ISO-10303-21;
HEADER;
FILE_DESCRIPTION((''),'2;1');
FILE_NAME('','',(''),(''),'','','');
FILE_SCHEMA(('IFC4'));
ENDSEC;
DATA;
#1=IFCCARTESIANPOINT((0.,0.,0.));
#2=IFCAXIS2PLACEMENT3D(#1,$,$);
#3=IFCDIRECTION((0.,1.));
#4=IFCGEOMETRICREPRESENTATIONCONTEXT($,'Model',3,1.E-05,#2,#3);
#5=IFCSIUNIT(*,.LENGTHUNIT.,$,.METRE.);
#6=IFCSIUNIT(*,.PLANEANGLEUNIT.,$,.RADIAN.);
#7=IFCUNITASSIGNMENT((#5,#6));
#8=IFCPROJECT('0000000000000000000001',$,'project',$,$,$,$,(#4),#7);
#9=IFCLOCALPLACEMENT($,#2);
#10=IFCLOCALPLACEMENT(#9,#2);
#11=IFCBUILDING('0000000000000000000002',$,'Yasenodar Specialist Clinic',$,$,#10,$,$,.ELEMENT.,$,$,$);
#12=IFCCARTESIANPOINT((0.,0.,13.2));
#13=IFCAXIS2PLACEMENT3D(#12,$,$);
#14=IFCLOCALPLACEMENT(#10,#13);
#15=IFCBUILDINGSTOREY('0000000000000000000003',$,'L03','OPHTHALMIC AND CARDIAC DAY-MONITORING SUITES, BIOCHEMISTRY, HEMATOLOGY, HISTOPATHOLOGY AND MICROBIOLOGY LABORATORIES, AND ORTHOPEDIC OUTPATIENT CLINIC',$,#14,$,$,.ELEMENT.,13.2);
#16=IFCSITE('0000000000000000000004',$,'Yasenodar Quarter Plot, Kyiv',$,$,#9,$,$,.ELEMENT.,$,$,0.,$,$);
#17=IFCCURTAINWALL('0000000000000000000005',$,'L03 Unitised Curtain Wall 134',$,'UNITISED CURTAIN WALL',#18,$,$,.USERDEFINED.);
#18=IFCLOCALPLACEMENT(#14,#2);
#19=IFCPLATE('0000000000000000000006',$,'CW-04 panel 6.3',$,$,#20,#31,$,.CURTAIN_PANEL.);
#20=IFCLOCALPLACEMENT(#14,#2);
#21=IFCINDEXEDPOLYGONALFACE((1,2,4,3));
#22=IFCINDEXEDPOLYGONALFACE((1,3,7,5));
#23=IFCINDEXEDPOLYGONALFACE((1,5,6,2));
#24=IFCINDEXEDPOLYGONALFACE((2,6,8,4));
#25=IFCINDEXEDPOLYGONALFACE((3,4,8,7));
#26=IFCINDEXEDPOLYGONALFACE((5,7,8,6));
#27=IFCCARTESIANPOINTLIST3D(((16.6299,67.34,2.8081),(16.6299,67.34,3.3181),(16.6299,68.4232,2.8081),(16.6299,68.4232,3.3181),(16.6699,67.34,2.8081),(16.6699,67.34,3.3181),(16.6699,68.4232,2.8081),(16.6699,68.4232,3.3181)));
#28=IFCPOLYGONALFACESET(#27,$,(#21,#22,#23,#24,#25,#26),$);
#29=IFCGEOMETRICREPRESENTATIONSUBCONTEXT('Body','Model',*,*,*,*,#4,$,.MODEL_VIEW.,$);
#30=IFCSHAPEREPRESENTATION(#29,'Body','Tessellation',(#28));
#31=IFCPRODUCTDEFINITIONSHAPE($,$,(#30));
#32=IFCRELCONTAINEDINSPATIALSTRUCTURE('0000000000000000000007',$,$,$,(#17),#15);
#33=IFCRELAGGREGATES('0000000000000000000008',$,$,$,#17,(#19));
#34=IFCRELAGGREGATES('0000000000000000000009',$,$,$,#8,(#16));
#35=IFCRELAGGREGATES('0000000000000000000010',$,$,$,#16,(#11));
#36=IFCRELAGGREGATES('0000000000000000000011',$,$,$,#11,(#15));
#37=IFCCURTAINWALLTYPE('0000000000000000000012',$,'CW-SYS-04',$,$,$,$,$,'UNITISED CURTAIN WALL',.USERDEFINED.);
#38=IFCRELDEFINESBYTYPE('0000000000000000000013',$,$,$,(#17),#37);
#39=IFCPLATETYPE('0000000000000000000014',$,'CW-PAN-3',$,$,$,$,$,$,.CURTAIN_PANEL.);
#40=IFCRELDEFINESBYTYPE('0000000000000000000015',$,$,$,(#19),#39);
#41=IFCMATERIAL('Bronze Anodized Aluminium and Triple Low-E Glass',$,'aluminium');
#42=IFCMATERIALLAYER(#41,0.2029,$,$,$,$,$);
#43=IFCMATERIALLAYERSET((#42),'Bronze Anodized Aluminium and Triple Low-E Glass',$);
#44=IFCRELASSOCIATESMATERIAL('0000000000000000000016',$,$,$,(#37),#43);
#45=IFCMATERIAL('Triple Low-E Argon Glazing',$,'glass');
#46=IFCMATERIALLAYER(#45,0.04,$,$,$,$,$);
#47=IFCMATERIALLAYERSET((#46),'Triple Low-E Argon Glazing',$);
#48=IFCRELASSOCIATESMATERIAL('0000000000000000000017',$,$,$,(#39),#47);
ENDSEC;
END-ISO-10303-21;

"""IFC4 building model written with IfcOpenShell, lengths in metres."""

from ifc_helpers import new_model, si_unit, direction, frame, origin, origin_2d, place, context, subcontext, project, spatial, rectangle, extrude, material, layer, layer_set, type_object, element, aggregate, save


model = new_model("IFC4")

# Units and contexts
model_context = context("Model", 3, precision=1e-05, world=origin(), true_north=direction((0.0, 1.0)))
body_context = subcontext(model_context, "Body", "Model", "MODEL_VIEW")
ifc_project = project(units=[si_unit("LENGTHUNIT", "METRE"), si_unit("PLANEANGLEUNIT", "RADIAN")], contexts=[model_context])

# Site, building, storey
site_placement = place(None, origin())
site = spatial("IfcSite", under=ifc_project, at=site_placement, Name="Yasenodar Quarter Plot, Kyiv", CompositionType="ELEMENT", RefElevation=0.0)
building_placement = place(site_placement, origin())
building = spatial("IfcBuilding", under=site, at=building_placement, Name="Yasenodar Specialist Clinic", CompositionType="ELEMENT")
storey_placement = place(building_placement, frame((0.0, 0.0, 13.2)))
storey = spatial("IfcBuildingStorey", under=building, at=storey_placement, Name="L03", Description="OPHTHALMIC AND CARDIAC DAY-MONITORING SUITES, BIOCHEMISTRY, HEMATOLOGY, HISTOPATHOLOGY AND MICROBIOLOGY LABORATORIES, AND ORTHOPEDIC OUTPATIENT CLINIC", CompositionType="ELEMENT", Elevation=13.2)

# Curtain wall
ifc_material_1 = material(Name="Bronze Anodized Aluminium and Triple Low-E Glass", Category="aluminium")
ifc_layer_1 = layer(ifc_material_1, 0.2029)
ifc_layer_set_1 = layer_set([ifc_layer_1], Name="Bronze Anodized Aluminium and Triple Low-E Glass")
curtain_wall_type = type_object("IfcCurtainWallType", Name="CW-SYS-04", ElementType="UNITISED CURTAIN WALL", PredefinedType="USERDEFINED", material=ifc_layer_set_1)
curtain_wall_1_placement = place(storey_placement, origin())
curtain_wall_1 = element("IfcCurtainWall", 1, at=curtain_wall_1_placement, inside=storey, type_object=curtain_wall_type, Name="L03 Unitised Curtain Wall 134", ObjectType="UNITISED CURTAIN WALL", PredefinedType="USERDEFINED")

# Plate
ifc_material_2 = material(Name="Triple Low-E Argon Glazing", Category="glass")
ifc_layer_2 = layer(ifc_material_2, 0.04)
ifc_layer_set_2 = layer_set([ifc_layer_2], Name="Triple Low-E Argon Glazing")
plate_type = type_object("IfcPlateType", Name="CW-PAN-3", PredefinedType="CURTAIN_PANEL", material=ifc_layer_set_2)
plate_1_placement = place(storey_placement, frame((16.6499, 67.8816, 2.8081), z_axis=(0.0, 0.0, 1.0), x_axis=(0.0, -1.0, 0.0)))
plate_1 = element("IfcPlate", 2, at=plate_1_placement, type_object=plate_type, Name="CW-04 panel 6.3", PredefinedType="CURTAIN_PANEL", context=body_context, shape_type="SweptSolid", body=[
    extrude(rectangle(XDim=1.0833, YDim=0.04, at=origin_2d()), origin(), (0.0, 0.0, 1.0), 0.51),
])
aggregate(curtain_wall_1, [plate_1])

save(model, "model.ifc")
